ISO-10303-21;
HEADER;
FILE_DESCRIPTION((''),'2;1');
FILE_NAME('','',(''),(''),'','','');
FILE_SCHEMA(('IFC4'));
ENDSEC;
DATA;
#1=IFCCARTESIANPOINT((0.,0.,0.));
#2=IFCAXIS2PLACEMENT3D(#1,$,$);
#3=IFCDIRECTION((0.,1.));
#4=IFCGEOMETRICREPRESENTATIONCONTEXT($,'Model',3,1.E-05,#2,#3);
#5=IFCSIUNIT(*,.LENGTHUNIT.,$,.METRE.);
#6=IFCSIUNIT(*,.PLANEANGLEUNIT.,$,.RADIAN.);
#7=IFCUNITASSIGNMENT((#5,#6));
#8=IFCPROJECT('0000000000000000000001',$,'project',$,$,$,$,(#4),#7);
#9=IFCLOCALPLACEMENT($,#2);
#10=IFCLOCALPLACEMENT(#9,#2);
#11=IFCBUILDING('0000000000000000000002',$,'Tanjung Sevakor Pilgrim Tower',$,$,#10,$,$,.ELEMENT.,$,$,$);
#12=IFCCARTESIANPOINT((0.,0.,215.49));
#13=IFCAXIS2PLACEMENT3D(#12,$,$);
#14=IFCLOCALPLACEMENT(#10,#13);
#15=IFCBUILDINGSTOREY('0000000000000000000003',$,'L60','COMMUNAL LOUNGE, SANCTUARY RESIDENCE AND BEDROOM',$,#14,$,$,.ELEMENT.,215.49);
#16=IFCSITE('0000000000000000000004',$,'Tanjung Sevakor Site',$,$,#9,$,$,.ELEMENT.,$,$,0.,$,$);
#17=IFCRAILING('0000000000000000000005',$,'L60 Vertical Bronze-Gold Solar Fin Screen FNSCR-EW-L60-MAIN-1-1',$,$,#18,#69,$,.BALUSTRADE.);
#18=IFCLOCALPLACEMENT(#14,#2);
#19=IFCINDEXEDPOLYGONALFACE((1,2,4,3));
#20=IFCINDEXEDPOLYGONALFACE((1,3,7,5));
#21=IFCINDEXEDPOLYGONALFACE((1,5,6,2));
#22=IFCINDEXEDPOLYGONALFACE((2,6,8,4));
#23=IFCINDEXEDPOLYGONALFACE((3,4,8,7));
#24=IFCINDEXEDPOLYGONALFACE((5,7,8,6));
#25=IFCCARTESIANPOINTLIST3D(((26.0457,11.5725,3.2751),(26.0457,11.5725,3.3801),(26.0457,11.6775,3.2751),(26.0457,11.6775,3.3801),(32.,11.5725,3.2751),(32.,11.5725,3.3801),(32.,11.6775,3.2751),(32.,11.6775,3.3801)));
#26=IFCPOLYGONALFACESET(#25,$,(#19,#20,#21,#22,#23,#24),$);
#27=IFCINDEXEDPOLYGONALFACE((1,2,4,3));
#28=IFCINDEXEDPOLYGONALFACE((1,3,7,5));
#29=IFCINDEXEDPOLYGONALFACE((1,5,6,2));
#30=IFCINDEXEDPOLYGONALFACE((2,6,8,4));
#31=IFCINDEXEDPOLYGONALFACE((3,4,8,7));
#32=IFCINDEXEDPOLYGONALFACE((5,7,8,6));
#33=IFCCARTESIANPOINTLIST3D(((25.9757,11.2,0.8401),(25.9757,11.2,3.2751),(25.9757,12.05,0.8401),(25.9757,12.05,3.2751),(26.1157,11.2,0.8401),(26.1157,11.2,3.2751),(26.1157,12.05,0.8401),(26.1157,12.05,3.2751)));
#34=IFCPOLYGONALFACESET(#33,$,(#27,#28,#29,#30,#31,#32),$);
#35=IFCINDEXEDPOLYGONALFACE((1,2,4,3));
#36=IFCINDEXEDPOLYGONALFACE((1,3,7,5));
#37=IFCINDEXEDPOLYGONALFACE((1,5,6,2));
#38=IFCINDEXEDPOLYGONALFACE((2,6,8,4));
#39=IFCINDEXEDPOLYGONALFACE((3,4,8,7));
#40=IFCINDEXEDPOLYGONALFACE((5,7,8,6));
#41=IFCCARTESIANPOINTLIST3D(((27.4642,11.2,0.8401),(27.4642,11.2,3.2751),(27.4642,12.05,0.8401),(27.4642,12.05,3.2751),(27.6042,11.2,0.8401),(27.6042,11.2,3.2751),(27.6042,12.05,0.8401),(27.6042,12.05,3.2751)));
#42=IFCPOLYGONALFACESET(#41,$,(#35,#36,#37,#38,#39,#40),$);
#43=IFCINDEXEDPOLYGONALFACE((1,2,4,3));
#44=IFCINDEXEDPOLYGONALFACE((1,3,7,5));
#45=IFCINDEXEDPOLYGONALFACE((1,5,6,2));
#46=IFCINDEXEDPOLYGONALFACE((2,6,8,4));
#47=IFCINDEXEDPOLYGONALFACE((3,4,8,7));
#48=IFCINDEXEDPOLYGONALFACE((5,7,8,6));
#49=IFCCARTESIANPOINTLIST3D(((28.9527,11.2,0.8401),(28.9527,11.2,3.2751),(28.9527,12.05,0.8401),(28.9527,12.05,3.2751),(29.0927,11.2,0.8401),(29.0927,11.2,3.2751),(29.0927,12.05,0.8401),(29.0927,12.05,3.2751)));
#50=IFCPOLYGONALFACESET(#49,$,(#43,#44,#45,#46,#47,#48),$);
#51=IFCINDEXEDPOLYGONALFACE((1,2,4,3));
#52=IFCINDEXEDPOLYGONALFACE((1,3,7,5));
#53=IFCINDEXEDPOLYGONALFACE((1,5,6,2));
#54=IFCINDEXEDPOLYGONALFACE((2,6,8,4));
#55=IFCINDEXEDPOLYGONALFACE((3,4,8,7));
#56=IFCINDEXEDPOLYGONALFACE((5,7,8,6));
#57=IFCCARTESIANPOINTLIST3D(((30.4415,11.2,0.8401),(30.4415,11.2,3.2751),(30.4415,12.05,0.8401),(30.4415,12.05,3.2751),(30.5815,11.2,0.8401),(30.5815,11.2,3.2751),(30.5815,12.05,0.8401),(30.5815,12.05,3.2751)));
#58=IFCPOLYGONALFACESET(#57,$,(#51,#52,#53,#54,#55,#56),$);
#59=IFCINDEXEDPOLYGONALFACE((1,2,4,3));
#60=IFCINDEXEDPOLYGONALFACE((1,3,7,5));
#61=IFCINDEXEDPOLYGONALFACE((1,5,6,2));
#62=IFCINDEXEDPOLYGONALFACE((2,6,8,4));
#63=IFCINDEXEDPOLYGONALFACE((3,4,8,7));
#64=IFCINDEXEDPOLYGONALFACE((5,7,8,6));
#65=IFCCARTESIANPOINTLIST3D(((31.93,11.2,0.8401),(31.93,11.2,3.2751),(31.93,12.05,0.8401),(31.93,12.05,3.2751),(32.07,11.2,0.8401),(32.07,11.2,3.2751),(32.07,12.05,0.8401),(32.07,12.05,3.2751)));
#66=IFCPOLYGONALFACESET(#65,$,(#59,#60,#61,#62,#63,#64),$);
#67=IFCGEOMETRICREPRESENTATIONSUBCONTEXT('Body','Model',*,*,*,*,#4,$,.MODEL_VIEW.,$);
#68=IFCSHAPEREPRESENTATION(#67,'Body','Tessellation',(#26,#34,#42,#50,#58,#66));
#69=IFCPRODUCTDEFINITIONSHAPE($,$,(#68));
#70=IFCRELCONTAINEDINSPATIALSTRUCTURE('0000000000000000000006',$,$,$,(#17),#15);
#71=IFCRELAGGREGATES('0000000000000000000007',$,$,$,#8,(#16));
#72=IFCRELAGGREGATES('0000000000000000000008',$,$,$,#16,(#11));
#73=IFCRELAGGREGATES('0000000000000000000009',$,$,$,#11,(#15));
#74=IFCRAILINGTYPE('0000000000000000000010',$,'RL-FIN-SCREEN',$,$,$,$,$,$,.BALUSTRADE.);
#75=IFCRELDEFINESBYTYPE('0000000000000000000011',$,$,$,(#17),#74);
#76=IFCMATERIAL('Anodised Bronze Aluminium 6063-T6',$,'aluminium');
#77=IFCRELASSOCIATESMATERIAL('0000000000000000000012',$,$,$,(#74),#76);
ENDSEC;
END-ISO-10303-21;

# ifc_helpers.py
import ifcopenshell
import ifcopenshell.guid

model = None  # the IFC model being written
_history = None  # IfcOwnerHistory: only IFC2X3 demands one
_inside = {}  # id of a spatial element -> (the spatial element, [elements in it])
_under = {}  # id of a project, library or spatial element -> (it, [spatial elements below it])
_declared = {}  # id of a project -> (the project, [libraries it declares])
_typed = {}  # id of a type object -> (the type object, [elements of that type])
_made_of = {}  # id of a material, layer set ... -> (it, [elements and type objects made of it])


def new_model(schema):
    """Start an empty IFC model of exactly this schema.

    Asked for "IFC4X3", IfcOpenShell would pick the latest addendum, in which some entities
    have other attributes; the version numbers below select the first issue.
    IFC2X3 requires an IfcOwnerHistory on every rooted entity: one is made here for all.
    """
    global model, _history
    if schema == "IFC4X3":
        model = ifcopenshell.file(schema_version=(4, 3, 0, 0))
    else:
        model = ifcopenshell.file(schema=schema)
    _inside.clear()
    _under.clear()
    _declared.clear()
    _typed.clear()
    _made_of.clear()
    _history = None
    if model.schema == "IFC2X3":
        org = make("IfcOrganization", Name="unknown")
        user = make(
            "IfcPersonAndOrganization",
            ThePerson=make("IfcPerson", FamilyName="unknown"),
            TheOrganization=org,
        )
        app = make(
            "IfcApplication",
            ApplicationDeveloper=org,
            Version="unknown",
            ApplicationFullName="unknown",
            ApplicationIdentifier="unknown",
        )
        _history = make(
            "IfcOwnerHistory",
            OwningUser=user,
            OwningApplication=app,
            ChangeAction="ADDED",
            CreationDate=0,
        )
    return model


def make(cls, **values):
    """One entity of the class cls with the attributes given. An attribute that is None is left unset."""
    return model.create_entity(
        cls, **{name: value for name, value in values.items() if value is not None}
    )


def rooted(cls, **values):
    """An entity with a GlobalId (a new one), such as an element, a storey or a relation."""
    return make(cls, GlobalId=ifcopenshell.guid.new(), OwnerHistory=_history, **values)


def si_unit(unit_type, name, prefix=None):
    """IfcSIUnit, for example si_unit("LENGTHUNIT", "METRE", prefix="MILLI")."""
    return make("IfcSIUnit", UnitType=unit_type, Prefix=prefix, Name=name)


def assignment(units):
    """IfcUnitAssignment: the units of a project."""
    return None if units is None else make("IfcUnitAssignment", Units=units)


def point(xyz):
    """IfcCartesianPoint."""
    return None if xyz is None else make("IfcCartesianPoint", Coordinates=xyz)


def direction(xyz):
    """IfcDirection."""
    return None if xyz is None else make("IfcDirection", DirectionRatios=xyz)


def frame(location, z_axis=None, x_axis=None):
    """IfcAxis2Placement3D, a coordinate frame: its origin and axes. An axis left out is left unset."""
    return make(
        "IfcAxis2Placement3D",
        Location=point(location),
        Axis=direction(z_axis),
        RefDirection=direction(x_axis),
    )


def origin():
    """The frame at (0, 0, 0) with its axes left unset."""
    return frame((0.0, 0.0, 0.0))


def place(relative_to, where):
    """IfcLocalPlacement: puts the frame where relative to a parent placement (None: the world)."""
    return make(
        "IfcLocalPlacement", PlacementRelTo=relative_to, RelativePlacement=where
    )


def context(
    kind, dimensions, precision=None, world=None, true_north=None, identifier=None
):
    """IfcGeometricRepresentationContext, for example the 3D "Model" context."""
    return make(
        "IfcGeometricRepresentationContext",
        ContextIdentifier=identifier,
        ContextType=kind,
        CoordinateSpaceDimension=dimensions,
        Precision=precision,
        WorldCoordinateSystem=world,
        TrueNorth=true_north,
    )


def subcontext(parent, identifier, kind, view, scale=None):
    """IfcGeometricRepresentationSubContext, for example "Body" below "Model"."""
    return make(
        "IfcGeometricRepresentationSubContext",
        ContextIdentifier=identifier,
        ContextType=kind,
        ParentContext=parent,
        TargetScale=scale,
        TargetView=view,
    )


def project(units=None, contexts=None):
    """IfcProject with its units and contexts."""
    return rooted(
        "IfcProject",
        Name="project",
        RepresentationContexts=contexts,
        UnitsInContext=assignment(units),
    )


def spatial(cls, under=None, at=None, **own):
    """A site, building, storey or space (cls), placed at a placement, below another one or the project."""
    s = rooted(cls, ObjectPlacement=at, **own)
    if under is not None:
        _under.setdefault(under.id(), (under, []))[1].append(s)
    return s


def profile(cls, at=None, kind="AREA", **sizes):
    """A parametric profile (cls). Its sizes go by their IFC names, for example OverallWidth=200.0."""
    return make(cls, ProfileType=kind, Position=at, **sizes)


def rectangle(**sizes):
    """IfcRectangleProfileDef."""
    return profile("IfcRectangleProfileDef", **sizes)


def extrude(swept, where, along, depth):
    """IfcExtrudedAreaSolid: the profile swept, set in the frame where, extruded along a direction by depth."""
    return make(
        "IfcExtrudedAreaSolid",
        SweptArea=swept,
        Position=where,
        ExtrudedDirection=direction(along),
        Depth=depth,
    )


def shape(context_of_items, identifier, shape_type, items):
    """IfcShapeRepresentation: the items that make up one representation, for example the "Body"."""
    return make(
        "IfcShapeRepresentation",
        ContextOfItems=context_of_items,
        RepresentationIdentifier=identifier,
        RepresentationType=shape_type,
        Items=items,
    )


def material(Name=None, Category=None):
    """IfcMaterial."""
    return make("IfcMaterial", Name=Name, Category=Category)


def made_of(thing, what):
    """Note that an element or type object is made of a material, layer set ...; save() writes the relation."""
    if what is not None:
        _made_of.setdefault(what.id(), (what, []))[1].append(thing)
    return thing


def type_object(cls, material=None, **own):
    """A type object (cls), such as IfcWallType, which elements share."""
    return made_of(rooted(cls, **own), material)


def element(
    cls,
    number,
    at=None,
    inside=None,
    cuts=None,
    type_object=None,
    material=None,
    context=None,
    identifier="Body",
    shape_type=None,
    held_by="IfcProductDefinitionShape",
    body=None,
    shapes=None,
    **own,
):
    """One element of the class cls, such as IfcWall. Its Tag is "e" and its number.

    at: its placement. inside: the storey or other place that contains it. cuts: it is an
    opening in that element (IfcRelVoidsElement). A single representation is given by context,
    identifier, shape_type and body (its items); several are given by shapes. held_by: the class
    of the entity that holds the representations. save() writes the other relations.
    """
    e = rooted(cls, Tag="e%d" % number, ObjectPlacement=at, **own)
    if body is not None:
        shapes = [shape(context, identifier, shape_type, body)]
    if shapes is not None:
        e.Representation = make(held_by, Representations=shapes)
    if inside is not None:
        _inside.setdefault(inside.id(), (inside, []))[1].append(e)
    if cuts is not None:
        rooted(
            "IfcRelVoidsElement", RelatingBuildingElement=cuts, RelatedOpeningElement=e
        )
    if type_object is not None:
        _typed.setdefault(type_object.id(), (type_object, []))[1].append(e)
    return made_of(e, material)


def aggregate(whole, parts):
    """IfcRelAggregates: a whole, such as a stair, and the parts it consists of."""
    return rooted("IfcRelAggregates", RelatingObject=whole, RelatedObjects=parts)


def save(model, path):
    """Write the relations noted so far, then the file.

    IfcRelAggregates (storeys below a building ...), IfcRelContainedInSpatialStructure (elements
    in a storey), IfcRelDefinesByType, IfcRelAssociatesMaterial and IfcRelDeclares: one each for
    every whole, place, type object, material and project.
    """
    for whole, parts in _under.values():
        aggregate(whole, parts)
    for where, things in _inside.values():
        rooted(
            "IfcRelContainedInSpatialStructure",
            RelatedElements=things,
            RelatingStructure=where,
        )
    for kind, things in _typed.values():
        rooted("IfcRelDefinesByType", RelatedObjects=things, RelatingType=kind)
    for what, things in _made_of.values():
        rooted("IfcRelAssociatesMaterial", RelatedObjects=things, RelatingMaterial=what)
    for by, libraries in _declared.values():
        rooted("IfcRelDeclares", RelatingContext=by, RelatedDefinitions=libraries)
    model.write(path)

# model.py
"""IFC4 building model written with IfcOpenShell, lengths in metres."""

from ifc_helpers import new_model, si_unit, direction, frame, origin, place, context, subcontext, project, spatial, rectangle, extrude, material, type_object, element, save


model = new_model("IFC4")

# Units and contexts
model_context = context("Model", 3, precision=1e-05, world=origin(), true_north=direction((0.0, 1.0)))
body_context = subcontext(model_context, "Body", "Model", "MODEL_VIEW")
ifc_project = project(units=[si_unit("LENGTHUNIT", "METRE"), si_unit("PLANEANGLEUNIT", "RADIAN")], contexts=[model_context])

# Site, building, storey
site_placement = place(None, origin())
site = spatial("IfcSite", under=ifc_project, at=site_placement, Name="Tanjung Sevakor Site", CompositionType="ELEMENT", RefElevation=0.0)
building_placement = place(site_placement, origin())
building = spatial("IfcBuilding", under=site, at=building_placement, Name="Tanjung Sevakor Pilgrim Tower", CompositionType="ELEMENT")
storey_placement = place(building_placement, frame((0.0, 0.0, 215.49)))
storey = spatial("IfcBuildingStorey", under=building, at=storey_placement, Name="L60", Description="COMMUNAL LOUNGE, SANCTUARY RESIDENCE AND BEDROOM", CompositionType="ELEMENT", Elevation=215.49)

# Railing
ifc_material_1 = material(Name="Anodised Bronze Aluminium 6063-T6", Category="aluminium")
railing_type = type_object("IfcRailingType", Name="RL-FIN-SCREEN", PredefinedType="BALUSTRADE", material=ifc_material_1)
railing_placement = place(storey_placement, frame((26.0457, 11.625, 0.8401)))
element("IfcRailing", 1, at=railing_placement, inside=storey, type_object=railing_type, Name="L60 Vertical Bronze-Gold Solar Fin Screen FNSCR-EW-L60-MAIN-1-1", PredefinedType="BALUSTRADE", context=body_context, shape_type="SweptSolid", body=[
    extrude(rectangle(XDim=0.105, YDim=0.105), frame((0.0, 0.0, 2.4875), z_axis=(1.0, 0.0, 0.0), x_axis=(0.0, 1.0, 0.0)), (0.0, 0.0, 1.0), 5.9543),
    extrude(rectangle(XDim=0.14, YDim=0.85), origin(), (0.0, 0.0, 1.0), 2.4351),
    extrude(rectangle(XDim=0.14, YDim=0.85), frame((1.4885, 0.0, 0.0)), (0.0, 0.0, 1.0), 2.4351),
    extrude(rectangle(XDim=0.14, YDim=0.85), frame((2.9771, 0.0, 0.0)), (0.0, 0.0, 1.0), 2.4351),
    extrude(rectangle(XDim=0.14, YDim=0.85), frame((4.4658, 0.0, 0.0)), (0.0, 0.0, 1.0), 2.4351),
    extrude(rectangle(XDim=0.14, YDim=0.85), frame((5.9543, 0.0, 0.0)), (0.0, 0.0, 1.0), 2.4351),
])

save(model, "model.ifc")
